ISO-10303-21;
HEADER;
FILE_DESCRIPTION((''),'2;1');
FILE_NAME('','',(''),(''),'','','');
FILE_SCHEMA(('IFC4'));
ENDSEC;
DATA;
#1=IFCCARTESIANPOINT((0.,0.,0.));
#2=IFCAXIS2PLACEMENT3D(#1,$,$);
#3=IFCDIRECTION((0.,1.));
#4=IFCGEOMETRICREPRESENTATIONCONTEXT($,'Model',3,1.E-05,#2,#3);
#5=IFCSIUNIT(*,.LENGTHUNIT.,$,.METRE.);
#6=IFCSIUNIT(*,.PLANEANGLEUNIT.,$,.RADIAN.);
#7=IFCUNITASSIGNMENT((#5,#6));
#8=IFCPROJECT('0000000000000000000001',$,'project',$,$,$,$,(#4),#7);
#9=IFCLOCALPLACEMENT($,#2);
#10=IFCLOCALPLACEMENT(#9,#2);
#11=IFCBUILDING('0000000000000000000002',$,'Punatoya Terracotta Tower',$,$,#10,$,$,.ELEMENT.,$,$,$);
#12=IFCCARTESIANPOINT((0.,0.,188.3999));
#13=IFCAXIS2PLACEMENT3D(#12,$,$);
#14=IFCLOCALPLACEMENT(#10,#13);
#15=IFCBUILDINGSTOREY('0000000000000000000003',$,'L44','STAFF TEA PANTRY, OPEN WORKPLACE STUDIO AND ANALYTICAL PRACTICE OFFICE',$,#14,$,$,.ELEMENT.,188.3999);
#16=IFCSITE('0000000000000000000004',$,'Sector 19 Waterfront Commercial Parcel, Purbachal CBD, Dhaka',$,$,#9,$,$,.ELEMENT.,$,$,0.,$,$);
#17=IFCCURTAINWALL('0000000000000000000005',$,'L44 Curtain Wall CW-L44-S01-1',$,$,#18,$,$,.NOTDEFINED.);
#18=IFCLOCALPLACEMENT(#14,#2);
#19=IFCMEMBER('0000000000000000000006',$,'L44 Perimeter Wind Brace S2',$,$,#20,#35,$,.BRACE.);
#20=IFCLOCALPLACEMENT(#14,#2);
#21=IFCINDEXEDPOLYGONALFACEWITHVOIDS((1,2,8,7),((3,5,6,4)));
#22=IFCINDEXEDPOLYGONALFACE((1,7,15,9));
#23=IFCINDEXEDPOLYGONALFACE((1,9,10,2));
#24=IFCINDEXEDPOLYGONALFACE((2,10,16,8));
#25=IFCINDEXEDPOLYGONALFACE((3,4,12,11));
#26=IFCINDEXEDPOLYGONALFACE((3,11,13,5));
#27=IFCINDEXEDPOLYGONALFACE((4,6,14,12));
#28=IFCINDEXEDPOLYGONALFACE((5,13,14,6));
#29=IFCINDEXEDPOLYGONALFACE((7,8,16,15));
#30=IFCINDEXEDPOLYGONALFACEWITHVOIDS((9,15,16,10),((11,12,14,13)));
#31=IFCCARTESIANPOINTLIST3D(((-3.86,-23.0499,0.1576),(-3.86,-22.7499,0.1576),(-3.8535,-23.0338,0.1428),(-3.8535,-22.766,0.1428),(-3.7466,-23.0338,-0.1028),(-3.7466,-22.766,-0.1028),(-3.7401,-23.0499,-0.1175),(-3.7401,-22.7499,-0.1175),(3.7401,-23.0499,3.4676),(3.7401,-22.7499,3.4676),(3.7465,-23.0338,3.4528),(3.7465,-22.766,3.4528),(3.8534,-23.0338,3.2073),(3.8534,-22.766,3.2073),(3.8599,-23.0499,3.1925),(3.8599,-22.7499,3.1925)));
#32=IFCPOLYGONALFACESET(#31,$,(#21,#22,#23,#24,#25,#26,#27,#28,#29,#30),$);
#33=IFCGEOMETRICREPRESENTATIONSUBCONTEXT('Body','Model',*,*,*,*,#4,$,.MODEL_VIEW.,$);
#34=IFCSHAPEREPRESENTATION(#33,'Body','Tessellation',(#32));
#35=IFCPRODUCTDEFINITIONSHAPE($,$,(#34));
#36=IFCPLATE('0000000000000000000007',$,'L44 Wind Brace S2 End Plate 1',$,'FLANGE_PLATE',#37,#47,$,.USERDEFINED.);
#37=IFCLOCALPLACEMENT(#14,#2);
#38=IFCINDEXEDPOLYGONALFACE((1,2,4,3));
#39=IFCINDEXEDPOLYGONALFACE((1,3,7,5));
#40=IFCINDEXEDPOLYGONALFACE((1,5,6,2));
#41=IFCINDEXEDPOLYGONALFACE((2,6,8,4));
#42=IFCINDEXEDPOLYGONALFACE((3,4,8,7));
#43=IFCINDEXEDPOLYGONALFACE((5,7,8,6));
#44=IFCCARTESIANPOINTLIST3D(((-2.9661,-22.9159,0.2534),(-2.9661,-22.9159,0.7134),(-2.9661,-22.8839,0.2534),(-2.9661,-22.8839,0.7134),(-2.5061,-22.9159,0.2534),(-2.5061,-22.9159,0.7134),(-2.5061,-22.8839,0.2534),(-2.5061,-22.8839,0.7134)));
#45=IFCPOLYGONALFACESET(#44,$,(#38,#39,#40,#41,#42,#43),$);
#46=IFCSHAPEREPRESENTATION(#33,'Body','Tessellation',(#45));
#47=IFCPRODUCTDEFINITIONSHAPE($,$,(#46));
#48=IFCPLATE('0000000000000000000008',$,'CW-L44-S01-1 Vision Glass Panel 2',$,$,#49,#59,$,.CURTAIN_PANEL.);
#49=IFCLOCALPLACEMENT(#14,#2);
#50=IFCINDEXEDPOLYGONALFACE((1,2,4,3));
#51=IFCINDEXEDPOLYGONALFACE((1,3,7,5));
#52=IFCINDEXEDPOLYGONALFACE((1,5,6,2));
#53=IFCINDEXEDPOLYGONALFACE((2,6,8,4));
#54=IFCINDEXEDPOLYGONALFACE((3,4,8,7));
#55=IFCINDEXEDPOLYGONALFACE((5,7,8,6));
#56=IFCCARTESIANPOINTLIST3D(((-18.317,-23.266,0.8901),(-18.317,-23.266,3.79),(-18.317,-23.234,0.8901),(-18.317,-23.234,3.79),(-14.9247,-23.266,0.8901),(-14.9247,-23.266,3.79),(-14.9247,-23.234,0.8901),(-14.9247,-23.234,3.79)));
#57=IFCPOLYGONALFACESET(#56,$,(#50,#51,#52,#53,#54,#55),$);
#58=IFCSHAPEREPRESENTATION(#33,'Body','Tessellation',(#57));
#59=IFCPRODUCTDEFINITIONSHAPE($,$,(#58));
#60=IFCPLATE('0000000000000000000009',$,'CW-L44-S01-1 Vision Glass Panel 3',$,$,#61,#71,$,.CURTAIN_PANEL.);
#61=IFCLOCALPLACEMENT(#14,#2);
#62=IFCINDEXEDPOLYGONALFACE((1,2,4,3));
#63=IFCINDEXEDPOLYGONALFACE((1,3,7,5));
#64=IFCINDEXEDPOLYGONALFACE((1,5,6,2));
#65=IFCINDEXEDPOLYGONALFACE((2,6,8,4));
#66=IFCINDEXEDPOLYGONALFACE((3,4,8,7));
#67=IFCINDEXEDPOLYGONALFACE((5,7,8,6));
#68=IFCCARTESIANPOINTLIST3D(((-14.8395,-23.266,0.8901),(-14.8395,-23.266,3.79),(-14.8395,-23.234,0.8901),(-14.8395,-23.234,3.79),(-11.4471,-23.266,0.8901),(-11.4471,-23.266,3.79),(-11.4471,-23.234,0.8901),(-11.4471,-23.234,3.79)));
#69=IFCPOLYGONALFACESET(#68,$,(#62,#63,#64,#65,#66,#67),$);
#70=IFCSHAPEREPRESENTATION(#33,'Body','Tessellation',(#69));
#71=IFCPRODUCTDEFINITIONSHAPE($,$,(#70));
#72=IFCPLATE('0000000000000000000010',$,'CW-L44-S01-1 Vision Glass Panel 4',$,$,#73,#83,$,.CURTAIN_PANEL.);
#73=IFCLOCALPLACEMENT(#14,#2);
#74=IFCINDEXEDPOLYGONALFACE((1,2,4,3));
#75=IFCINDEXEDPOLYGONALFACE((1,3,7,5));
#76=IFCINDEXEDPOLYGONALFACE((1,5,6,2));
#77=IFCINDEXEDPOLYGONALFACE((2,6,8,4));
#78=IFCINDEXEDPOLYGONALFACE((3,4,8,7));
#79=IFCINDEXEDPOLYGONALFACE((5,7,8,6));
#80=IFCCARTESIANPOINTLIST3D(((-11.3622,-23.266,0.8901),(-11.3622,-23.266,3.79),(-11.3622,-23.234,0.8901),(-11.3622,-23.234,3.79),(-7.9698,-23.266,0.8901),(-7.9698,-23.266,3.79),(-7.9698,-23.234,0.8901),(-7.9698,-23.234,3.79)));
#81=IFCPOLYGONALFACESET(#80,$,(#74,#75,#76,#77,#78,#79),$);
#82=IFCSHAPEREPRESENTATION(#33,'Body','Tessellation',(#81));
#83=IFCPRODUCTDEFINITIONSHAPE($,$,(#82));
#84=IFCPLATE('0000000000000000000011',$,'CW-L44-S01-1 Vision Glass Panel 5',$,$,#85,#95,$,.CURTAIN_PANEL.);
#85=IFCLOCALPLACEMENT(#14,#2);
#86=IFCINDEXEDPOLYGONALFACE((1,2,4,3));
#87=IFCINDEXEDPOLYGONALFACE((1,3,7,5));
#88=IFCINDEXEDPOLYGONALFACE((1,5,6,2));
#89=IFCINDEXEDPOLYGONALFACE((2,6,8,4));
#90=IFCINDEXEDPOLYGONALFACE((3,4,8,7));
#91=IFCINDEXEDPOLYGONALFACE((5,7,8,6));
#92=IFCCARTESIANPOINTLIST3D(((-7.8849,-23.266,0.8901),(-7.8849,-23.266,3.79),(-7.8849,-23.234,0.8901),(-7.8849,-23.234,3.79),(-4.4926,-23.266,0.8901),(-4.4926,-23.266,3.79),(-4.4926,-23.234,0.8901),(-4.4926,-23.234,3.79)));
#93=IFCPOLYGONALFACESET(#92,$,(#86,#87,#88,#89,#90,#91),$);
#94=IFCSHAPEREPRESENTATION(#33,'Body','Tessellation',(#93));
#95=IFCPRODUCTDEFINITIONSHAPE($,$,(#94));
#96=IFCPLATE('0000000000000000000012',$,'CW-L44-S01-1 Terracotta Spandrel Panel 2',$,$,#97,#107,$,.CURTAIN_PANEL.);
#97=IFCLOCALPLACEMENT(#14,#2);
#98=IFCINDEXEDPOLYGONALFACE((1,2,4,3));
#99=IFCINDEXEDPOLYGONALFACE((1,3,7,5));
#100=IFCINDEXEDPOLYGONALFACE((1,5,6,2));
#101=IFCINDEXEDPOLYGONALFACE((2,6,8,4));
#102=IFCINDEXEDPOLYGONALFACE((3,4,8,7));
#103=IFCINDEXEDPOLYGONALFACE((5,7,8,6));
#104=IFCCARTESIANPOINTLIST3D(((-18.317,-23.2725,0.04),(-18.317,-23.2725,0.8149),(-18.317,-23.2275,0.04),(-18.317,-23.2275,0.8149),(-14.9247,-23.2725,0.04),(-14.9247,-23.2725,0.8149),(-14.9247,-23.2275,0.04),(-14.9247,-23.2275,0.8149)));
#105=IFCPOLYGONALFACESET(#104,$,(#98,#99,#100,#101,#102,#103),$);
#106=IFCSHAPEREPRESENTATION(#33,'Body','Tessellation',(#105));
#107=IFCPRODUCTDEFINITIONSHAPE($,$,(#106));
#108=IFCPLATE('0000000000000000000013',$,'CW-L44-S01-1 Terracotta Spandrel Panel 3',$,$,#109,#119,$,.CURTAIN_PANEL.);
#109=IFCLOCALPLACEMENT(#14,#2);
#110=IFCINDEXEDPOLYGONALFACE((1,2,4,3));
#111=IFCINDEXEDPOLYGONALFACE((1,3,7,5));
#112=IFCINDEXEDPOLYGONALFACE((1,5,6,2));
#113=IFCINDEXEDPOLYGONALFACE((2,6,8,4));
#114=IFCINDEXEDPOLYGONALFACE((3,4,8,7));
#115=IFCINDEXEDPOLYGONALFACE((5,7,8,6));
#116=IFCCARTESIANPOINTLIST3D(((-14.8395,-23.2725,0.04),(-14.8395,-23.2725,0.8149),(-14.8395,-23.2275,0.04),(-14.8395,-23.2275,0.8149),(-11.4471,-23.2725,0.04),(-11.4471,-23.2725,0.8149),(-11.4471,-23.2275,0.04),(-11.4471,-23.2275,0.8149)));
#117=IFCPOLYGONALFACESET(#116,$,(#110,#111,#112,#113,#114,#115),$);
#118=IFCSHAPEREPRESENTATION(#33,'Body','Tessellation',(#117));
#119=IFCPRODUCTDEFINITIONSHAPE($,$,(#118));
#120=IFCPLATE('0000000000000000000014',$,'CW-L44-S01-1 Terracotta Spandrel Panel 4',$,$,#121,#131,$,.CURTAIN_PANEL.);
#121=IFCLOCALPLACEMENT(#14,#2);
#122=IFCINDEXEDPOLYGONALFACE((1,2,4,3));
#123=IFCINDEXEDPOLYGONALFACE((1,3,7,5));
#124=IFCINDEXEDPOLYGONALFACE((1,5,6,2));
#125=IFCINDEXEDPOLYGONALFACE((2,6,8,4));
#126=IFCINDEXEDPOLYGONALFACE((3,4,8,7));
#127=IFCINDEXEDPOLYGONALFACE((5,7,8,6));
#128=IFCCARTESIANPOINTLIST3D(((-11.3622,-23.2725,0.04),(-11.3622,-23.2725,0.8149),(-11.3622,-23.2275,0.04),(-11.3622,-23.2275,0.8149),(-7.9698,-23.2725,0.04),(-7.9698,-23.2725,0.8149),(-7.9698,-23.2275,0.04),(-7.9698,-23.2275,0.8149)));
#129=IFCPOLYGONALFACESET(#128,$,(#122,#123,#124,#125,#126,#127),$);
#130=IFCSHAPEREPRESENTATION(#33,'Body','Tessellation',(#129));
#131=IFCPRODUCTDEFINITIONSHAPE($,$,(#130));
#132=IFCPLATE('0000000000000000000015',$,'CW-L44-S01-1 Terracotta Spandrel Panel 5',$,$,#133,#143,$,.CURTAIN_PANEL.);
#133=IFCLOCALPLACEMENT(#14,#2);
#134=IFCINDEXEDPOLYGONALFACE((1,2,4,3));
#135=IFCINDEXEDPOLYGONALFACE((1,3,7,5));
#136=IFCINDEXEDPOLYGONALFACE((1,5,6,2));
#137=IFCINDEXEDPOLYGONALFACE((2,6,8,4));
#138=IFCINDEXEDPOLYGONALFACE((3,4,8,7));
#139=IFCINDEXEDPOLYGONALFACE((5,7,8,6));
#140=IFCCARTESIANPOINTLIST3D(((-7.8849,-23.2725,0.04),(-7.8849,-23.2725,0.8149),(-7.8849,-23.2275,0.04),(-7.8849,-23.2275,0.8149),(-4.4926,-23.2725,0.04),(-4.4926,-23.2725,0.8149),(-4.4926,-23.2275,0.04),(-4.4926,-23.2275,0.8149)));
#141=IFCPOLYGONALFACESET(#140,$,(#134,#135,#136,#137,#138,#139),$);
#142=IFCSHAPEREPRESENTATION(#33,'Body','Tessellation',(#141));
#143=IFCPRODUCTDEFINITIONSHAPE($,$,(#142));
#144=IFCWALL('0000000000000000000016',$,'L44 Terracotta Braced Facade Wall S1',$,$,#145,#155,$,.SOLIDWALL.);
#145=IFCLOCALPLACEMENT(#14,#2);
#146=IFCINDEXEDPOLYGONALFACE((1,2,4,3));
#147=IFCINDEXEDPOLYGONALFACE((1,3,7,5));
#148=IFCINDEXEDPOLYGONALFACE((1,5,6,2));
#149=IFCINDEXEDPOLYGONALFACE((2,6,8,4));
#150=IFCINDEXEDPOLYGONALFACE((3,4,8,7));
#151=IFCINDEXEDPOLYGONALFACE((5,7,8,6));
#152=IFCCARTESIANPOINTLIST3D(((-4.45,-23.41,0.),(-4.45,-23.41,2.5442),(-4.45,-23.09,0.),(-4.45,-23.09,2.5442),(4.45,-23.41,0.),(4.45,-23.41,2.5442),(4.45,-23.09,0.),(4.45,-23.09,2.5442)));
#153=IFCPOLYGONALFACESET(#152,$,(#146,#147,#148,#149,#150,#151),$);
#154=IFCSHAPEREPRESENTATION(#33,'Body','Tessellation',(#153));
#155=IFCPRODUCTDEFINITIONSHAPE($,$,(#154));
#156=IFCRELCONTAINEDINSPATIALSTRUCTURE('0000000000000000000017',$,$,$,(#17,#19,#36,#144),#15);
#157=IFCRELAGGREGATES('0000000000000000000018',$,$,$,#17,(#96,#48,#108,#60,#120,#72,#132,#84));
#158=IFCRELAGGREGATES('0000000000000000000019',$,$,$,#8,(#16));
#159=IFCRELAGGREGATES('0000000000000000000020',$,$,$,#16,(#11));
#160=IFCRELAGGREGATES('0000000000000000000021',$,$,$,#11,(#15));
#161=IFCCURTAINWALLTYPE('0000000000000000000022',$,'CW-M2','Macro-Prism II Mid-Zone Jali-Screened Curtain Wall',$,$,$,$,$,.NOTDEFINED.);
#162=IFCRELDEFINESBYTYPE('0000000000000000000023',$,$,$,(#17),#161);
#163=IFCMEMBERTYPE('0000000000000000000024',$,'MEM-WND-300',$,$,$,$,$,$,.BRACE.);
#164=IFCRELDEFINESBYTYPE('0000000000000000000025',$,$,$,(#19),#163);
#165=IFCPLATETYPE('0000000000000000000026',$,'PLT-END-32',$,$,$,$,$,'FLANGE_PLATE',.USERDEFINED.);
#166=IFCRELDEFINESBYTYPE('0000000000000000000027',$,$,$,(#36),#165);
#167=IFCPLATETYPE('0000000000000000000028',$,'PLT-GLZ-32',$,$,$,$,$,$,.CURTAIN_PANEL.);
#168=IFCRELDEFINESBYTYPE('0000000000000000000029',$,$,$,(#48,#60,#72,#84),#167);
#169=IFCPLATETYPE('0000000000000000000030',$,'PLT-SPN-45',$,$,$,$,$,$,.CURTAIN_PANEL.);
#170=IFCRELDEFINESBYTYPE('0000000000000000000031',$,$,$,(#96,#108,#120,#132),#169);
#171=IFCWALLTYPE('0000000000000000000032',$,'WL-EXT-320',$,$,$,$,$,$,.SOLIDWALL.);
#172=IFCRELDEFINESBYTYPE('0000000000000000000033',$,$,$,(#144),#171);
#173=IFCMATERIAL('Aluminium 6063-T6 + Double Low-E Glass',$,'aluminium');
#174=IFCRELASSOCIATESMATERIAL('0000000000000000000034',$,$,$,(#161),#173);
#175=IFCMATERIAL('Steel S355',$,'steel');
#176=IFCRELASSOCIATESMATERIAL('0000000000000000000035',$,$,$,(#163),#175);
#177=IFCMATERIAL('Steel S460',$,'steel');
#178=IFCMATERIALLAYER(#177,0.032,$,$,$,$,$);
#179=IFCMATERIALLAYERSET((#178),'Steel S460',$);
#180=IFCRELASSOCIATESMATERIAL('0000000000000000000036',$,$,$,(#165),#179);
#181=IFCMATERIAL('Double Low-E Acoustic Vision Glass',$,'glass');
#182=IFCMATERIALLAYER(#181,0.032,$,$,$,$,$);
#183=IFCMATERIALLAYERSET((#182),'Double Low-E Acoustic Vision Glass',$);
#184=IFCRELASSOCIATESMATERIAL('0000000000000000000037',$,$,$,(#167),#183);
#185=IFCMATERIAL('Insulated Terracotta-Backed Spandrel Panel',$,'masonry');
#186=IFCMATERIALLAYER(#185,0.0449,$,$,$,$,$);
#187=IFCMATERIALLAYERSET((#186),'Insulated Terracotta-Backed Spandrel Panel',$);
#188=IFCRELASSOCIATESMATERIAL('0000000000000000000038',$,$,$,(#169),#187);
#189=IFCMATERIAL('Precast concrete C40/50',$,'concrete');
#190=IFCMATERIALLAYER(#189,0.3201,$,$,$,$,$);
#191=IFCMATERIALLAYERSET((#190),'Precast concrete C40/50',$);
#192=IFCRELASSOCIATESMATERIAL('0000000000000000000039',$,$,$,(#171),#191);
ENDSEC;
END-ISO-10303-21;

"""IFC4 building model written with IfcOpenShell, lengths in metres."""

from ifc_helpers import new_model, si_unit, direction, frame, frame_2d, origin, origin_2d, place, context, subcontext, project, spatial, rectangle, hollow_rectangle, extrude, material, layer, layer_set, material_profile, profile_set, type_object, element, aggregate, save


model = new_model("IFC4")

# Units and contexts
model_context = context("Model", 3, precision=1e-05, world=origin(), true_north=direction((0.0, 1.0)))
body_context = subcontext(model_context, "Body", "Model", "MODEL_VIEW")
ifc_project = project(units=[si_unit("LENGTHUNIT", "METRE"), si_unit("PLANEANGLEUNIT", "RADIAN")], contexts=[model_context])

# Site, building, storey
site_placement = place(None, origin())
site = spatial("IfcSite", under=ifc_project, at=site_placement, Name="Sector 19 Waterfront Commercial Parcel, Purbachal CBD, Dhaka", CompositionType="ELEMENT", RefElevation=0.0)
building_placement = place(site_placement, origin())
building = spatial("IfcBuilding", under=site, at=building_placement, Name="Punatoya Terracotta Tower", CompositionType="ELEMENT")
storey_placement = place(building_placement, frame((0.0, 0.0, 188.3999)))
storey = spatial("IfcBuildingStorey", under=building, at=storey_placement, Name="L44", Description="STAFF TEA PANTRY, OPEN WORKPLACE STUDIO AND ANALYTICAL PRACTICE OFFICE", CompositionType="ELEMENT", Elevation=188.3999)

# Shared definitions
ifc_material_1 = material(Name="Steel S460", Category="steel")

# Shared definitions
ifc_material_2 = material(Name="Steel S355", Category="steel")

# Curtain wall
ifc_material_3 = material(Name="Aluminium 6063-T6 + Double Low-E Glass", Category="aluminium")
curtain_wall_type = type_object("IfcCurtainWallType", Name="CW-M2", Description="Macro-Prism II Mid-Zone Jali-Screened Curtain Wall", PredefinedType="NOTDEFINED", material=ifc_material_3)
curtain_wall_placement = place(storey_placement, origin())
curtain_wall = element("IfcCurtainWall", 1, at=curtain_wall_placement, inside=storey, type_object=curtain_wall_type, Name="L44 Curtain Wall CW-L44-S01-1", PredefinedType="NOTDEFINED")

# Member
ifc_material_profile_1 = material_profile(ifc_material_2, hollow_rectangle(XDim=0.3, YDim=0.3, WallThickness=0.0161, at=origin_2d()))
ifc_profile_set_1 = profile_set([ifc_material_profile_1], Name="Steel S355")
member_type_1 = type_object("IfcMemberType", Name="MEM-WND-300", PredefinedType="BRACE", material=ifc_profile_set_1)
member_1_placement = place(storey_placement, frame((-3.8, -22.8999, 0.02), z_axis=(0.91682, 0.0, 0.399301), x_axis=(0.0, 1.0, 0.0)))
element("IfcMember", 2, at=member_1_placement, inside=storey, type_object=member_type_1, Name="L44 Perimeter Wind Brace S2", PredefinedType="BRACE", context=body_context, shape_type="SweptSolid", body=[
    extrude(hollow_rectangle(XDim=0.3, YDim=0.3, WallThickness=0.0161, at=origin_2d()), origin(), (0.0, 0.0, 1.0), 8.2896),
])

# Plates
ifc_layer_1 = layer(ifc_material_1, 0.032)
ifc_layer_set_1 = layer_set([ifc_layer_1], Name="Steel S460")
plate_type_1 = type_object("IfcPlateType", Name="PLT-END-32", ElementType="FLANGE_PLATE", PredefinedType="USERDEFINED", material=ifc_layer_set_1)
plate_1_placement = place(storey_placement, frame((-2.7361, -22.8999, 0.2534), z_axis=(0.0, 0.0, 1.0), x_axis=(1.0, 0.0, 0.0)))
element("IfcPlate", 3, at=plate_1_placement, inside=storey, type_object=plate_type_1, Name="L44 Wind Brace S2 End Plate 1", ObjectType="FLANGE_PLATE", PredefinedType="USERDEFINED", context=body_context, shape_type="SweptSolid", body=[
    extrude(rectangle(XDim=0.46, YDim=0.032, at=origin_2d()), origin(), (0.0, 0.0, 1.0), 0.46),
])
ifc_material_4 = material(Name="Double Low-E Acoustic Vision Glass", Category="glass")
ifc_layer_2 = layer(ifc_material_4, 0.032)
ifc_layer_set_2 = layer_set([ifc_layer_2], Name="Double Low-E Acoustic Vision Glass")
plate_type_2 = type_object("IfcPlateType", Name="PLT-GLZ-32", PredefinedType="CURTAIN_PANEL", material=ifc_layer_set_2)
plate_2_placement = place(storey_placement, frame((-16.6208, -23.25, 0.8901), z_axis=(0.0, 0.0, 1.0), x_axis=(1.0, 0.0, 0.0)))
plate_2 = element("IfcPlate", 4, at=plate_2_placement, type_object=plate_type_2, Name="CW-L44-S01-1 Vision Glass Panel 2", PredefinedType="CURTAIN_PANEL", context=body_context, shape_type="SweptSolid", body=[
    extrude(rectangle(XDim=3.3923, YDim=0.032, at=origin_2d()), origin(), (0.0, 0.0, 1.0), 2.8999),
])
plate_3_placement = place(storey_placement, frame((-13.1433, -23.25, 0.8901), z_axis=(0.0, 0.0, 1.0), x_axis=(1.0, 0.0, 0.0)))
plate_3 = element("IfcPlate", 5, at=plate_3_placement, type_object=plate_type_2, Name="CW-L44-S01-1 Vision Glass Panel 3", PredefinedType="CURTAIN_PANEL", context=body_context, shape_type="SweptSolid", body=[
    extrude(rectangle(XDim=3.3923, YDim=0.032, at=origin_2d()), origin(), (0.0, 0.0, 1.0), 2.8999),
])
plate_4_placement = place(storey_placement, frame((-9.666, -23.25, 0.8901), z_axis=(0.0, 0.0, 1.0), x_axis=(1.0, 0.0, 0.0)))
plate_4 = element("IfcPlate", 6, at=plate_4_placement, type_object=plate_type_2, Name="CW-L44-S01-1 Vision Glass Panel 4", PredefinedType="CURTAIN_PANEL", context=body_context, shape_type="SweptSolid", body=[
    extrude(rectangle(XDim=3.3923, YDim=0.032, at=origin_2d()), origin(), (0.0, 0.0, 1.0), 2.8999),
])
plate_5_placement = place(storey_placement, frame((-6.1887, -23.25, 0.8901), z_axis=(0.0, 0.0, 1.0), x_axis=(1.0, 0.0, 0.0)))
plate_5 = element("IfcPlate", 7, at=plate_5_placement, type_object=plate_type_2, Name="CW-L44-S01-1 Vision Glass Panel 5", PredefinedType="CURTAIN_PANEL", context=body_context, shape_type="SweptSolid", body=[
    extrude(rectangle(XDim=3.3923, YDim=0.032, at=origin_2d()), origin(), (0.0, 0.0, 1.0), 2.8999),
])
ifc_material_5 = material(Name="Insulated Terracotta-Backed Spandrel Panel", Category="masonry")
ifc_layer_3 = layer(ifc_material_5, 0.0449)
ifc_layer_set_3 = layer_set([ifc_layer_3], Name="Insulated Terracotta-Backed Spandrel Panel")
plate_type_3 = type_object("IfcPlateType", Name="PLT-SPN-45", PredefinedType="CURTAIN_PANEL", material=ifc_layer_set_3)
plate_6_placement = place(storey_placement, frame((-16.6208, -23.25, 0.04), z_axis=(0.0, 0.0, 1.0), x_axis=(1.0, 0.0, 0.0)))
plate_6 = element("IfcPlate", 8, at=plate_6_placement, type_object=plate_type_3, Name="CW-L44-S01-1 Terracotta Spandrel Panel 2", PredefinedType="CURTAIN_PANEL", context=body_context, shape_type="SweptSolid", body=[
    extrude(rectangle(XDim=3.3923, YDim=0.0449, at=origin_2d()), origin(), (0.0, 0.0, 1.0), 0.7749),
])
plate_7_placement = place(storey_placement, frame((-13.1433, -23.25, 0.04), z_axis=(0.0, 0.0, 1.0), x_axis=(1.0, 0.0, 0.0)))
plate_7 = element("IfcPlate", 9, at=plate_7_placement, type_object=plate_type_3, Name="CW-L44-S01-1 Terracotta Spandrel Panel 3", PredefinedType="CURTAIN_PANEL", context=body_context, shape_type="SweptSolid", body=[
    extrude(rectangle(XDim=3.3923, YDim=0.0449, at=origin_2d()), origin(), (0.0, 0.0, 1.0), 0.7749),
])
plate_8_placement = place(storey_placement, frame((-9.666, -23.25, 0.04), z_axis=(0.0, 0.0, 1.0), x_axis=(1.0, 0.0, 0.0)))
plate_8 = element("IfcPlate", 10, at=plate_8_placement, type_object=plate_type_3, Name="CW-L44-S01-1 Terracotta Spandrel Panel 4", PredefinedType="CURTAIN_PANEL", context=body_context, shape_type="SweptSolid", body=[
    extrude(rectangle(XDim=3.3923, YDim=0.0449, at=origin_2d()), origin(), (0.0, 0.0, 1.0), 0.7749),
])
plate_9_placement = place(storey_placement, frame((-6.1887, -23.25, 0.04), z_axis=(0.0, 0.0, 1.0), x_axis=(1.0, 0.0, 0.0)))
plate_9 = element("IfcPlate", 11, at=plate_9_placement, type_object=plate_type_3, Name="CW-L44-S01-1 Terracotta Spandrel Panel 5", PredefinedType="CURTAIN_PANEL", context=body_context, shape_type="SweptSolid", body=[
    extrude(rectangle(XDim=3.3923, YDim=0.0449, at=origin_2d()), origin(), (0.0, 0.0, 1.0), 0.7749),
])
aggregate(curtain_wall, [plate_6, plate_2, plate_7, plate_3, plate_8, plate_4, plate_9, plate_5])

# Wall
ifc_material_6 = material(Name="Precast concrete C40/50", Category="concrete")
ifc_layer_4 = layer(ifc_material_6, 0.3201)
ifc_layer_set_4 = layer_set([ifc_layer_4], Name="Precast concrete C40/50")
wall_type = type_object("IfcWallType", Name="WL-EXT-320", PredefinedType="SOLIDWALL", material=ifc_layer_set_4)
wall_placement = place(storey_placement, frame((-4.45, -23.25, 0.0), z_axis=(0.0, 0.0, 1.0), x_axis=(1.0, 0.0, 0.0)))
element("IfcWall", 12, at=wall_placement, inside=storey, type_object=wall_type, Name="L44 Terracotta Braced Facade Wall S1", PredefinedType="SOLIDWALL", context=body_context, shape_type="SweptSolid", body=[
    extrude(rectangle(XDim=8.8999, YDim=0.3201, at=frame_2d((4.45, 0.0))), origin(), (0.0, 0.0, 1.0), 2.5442),
])

save(model, "model.ifc")
